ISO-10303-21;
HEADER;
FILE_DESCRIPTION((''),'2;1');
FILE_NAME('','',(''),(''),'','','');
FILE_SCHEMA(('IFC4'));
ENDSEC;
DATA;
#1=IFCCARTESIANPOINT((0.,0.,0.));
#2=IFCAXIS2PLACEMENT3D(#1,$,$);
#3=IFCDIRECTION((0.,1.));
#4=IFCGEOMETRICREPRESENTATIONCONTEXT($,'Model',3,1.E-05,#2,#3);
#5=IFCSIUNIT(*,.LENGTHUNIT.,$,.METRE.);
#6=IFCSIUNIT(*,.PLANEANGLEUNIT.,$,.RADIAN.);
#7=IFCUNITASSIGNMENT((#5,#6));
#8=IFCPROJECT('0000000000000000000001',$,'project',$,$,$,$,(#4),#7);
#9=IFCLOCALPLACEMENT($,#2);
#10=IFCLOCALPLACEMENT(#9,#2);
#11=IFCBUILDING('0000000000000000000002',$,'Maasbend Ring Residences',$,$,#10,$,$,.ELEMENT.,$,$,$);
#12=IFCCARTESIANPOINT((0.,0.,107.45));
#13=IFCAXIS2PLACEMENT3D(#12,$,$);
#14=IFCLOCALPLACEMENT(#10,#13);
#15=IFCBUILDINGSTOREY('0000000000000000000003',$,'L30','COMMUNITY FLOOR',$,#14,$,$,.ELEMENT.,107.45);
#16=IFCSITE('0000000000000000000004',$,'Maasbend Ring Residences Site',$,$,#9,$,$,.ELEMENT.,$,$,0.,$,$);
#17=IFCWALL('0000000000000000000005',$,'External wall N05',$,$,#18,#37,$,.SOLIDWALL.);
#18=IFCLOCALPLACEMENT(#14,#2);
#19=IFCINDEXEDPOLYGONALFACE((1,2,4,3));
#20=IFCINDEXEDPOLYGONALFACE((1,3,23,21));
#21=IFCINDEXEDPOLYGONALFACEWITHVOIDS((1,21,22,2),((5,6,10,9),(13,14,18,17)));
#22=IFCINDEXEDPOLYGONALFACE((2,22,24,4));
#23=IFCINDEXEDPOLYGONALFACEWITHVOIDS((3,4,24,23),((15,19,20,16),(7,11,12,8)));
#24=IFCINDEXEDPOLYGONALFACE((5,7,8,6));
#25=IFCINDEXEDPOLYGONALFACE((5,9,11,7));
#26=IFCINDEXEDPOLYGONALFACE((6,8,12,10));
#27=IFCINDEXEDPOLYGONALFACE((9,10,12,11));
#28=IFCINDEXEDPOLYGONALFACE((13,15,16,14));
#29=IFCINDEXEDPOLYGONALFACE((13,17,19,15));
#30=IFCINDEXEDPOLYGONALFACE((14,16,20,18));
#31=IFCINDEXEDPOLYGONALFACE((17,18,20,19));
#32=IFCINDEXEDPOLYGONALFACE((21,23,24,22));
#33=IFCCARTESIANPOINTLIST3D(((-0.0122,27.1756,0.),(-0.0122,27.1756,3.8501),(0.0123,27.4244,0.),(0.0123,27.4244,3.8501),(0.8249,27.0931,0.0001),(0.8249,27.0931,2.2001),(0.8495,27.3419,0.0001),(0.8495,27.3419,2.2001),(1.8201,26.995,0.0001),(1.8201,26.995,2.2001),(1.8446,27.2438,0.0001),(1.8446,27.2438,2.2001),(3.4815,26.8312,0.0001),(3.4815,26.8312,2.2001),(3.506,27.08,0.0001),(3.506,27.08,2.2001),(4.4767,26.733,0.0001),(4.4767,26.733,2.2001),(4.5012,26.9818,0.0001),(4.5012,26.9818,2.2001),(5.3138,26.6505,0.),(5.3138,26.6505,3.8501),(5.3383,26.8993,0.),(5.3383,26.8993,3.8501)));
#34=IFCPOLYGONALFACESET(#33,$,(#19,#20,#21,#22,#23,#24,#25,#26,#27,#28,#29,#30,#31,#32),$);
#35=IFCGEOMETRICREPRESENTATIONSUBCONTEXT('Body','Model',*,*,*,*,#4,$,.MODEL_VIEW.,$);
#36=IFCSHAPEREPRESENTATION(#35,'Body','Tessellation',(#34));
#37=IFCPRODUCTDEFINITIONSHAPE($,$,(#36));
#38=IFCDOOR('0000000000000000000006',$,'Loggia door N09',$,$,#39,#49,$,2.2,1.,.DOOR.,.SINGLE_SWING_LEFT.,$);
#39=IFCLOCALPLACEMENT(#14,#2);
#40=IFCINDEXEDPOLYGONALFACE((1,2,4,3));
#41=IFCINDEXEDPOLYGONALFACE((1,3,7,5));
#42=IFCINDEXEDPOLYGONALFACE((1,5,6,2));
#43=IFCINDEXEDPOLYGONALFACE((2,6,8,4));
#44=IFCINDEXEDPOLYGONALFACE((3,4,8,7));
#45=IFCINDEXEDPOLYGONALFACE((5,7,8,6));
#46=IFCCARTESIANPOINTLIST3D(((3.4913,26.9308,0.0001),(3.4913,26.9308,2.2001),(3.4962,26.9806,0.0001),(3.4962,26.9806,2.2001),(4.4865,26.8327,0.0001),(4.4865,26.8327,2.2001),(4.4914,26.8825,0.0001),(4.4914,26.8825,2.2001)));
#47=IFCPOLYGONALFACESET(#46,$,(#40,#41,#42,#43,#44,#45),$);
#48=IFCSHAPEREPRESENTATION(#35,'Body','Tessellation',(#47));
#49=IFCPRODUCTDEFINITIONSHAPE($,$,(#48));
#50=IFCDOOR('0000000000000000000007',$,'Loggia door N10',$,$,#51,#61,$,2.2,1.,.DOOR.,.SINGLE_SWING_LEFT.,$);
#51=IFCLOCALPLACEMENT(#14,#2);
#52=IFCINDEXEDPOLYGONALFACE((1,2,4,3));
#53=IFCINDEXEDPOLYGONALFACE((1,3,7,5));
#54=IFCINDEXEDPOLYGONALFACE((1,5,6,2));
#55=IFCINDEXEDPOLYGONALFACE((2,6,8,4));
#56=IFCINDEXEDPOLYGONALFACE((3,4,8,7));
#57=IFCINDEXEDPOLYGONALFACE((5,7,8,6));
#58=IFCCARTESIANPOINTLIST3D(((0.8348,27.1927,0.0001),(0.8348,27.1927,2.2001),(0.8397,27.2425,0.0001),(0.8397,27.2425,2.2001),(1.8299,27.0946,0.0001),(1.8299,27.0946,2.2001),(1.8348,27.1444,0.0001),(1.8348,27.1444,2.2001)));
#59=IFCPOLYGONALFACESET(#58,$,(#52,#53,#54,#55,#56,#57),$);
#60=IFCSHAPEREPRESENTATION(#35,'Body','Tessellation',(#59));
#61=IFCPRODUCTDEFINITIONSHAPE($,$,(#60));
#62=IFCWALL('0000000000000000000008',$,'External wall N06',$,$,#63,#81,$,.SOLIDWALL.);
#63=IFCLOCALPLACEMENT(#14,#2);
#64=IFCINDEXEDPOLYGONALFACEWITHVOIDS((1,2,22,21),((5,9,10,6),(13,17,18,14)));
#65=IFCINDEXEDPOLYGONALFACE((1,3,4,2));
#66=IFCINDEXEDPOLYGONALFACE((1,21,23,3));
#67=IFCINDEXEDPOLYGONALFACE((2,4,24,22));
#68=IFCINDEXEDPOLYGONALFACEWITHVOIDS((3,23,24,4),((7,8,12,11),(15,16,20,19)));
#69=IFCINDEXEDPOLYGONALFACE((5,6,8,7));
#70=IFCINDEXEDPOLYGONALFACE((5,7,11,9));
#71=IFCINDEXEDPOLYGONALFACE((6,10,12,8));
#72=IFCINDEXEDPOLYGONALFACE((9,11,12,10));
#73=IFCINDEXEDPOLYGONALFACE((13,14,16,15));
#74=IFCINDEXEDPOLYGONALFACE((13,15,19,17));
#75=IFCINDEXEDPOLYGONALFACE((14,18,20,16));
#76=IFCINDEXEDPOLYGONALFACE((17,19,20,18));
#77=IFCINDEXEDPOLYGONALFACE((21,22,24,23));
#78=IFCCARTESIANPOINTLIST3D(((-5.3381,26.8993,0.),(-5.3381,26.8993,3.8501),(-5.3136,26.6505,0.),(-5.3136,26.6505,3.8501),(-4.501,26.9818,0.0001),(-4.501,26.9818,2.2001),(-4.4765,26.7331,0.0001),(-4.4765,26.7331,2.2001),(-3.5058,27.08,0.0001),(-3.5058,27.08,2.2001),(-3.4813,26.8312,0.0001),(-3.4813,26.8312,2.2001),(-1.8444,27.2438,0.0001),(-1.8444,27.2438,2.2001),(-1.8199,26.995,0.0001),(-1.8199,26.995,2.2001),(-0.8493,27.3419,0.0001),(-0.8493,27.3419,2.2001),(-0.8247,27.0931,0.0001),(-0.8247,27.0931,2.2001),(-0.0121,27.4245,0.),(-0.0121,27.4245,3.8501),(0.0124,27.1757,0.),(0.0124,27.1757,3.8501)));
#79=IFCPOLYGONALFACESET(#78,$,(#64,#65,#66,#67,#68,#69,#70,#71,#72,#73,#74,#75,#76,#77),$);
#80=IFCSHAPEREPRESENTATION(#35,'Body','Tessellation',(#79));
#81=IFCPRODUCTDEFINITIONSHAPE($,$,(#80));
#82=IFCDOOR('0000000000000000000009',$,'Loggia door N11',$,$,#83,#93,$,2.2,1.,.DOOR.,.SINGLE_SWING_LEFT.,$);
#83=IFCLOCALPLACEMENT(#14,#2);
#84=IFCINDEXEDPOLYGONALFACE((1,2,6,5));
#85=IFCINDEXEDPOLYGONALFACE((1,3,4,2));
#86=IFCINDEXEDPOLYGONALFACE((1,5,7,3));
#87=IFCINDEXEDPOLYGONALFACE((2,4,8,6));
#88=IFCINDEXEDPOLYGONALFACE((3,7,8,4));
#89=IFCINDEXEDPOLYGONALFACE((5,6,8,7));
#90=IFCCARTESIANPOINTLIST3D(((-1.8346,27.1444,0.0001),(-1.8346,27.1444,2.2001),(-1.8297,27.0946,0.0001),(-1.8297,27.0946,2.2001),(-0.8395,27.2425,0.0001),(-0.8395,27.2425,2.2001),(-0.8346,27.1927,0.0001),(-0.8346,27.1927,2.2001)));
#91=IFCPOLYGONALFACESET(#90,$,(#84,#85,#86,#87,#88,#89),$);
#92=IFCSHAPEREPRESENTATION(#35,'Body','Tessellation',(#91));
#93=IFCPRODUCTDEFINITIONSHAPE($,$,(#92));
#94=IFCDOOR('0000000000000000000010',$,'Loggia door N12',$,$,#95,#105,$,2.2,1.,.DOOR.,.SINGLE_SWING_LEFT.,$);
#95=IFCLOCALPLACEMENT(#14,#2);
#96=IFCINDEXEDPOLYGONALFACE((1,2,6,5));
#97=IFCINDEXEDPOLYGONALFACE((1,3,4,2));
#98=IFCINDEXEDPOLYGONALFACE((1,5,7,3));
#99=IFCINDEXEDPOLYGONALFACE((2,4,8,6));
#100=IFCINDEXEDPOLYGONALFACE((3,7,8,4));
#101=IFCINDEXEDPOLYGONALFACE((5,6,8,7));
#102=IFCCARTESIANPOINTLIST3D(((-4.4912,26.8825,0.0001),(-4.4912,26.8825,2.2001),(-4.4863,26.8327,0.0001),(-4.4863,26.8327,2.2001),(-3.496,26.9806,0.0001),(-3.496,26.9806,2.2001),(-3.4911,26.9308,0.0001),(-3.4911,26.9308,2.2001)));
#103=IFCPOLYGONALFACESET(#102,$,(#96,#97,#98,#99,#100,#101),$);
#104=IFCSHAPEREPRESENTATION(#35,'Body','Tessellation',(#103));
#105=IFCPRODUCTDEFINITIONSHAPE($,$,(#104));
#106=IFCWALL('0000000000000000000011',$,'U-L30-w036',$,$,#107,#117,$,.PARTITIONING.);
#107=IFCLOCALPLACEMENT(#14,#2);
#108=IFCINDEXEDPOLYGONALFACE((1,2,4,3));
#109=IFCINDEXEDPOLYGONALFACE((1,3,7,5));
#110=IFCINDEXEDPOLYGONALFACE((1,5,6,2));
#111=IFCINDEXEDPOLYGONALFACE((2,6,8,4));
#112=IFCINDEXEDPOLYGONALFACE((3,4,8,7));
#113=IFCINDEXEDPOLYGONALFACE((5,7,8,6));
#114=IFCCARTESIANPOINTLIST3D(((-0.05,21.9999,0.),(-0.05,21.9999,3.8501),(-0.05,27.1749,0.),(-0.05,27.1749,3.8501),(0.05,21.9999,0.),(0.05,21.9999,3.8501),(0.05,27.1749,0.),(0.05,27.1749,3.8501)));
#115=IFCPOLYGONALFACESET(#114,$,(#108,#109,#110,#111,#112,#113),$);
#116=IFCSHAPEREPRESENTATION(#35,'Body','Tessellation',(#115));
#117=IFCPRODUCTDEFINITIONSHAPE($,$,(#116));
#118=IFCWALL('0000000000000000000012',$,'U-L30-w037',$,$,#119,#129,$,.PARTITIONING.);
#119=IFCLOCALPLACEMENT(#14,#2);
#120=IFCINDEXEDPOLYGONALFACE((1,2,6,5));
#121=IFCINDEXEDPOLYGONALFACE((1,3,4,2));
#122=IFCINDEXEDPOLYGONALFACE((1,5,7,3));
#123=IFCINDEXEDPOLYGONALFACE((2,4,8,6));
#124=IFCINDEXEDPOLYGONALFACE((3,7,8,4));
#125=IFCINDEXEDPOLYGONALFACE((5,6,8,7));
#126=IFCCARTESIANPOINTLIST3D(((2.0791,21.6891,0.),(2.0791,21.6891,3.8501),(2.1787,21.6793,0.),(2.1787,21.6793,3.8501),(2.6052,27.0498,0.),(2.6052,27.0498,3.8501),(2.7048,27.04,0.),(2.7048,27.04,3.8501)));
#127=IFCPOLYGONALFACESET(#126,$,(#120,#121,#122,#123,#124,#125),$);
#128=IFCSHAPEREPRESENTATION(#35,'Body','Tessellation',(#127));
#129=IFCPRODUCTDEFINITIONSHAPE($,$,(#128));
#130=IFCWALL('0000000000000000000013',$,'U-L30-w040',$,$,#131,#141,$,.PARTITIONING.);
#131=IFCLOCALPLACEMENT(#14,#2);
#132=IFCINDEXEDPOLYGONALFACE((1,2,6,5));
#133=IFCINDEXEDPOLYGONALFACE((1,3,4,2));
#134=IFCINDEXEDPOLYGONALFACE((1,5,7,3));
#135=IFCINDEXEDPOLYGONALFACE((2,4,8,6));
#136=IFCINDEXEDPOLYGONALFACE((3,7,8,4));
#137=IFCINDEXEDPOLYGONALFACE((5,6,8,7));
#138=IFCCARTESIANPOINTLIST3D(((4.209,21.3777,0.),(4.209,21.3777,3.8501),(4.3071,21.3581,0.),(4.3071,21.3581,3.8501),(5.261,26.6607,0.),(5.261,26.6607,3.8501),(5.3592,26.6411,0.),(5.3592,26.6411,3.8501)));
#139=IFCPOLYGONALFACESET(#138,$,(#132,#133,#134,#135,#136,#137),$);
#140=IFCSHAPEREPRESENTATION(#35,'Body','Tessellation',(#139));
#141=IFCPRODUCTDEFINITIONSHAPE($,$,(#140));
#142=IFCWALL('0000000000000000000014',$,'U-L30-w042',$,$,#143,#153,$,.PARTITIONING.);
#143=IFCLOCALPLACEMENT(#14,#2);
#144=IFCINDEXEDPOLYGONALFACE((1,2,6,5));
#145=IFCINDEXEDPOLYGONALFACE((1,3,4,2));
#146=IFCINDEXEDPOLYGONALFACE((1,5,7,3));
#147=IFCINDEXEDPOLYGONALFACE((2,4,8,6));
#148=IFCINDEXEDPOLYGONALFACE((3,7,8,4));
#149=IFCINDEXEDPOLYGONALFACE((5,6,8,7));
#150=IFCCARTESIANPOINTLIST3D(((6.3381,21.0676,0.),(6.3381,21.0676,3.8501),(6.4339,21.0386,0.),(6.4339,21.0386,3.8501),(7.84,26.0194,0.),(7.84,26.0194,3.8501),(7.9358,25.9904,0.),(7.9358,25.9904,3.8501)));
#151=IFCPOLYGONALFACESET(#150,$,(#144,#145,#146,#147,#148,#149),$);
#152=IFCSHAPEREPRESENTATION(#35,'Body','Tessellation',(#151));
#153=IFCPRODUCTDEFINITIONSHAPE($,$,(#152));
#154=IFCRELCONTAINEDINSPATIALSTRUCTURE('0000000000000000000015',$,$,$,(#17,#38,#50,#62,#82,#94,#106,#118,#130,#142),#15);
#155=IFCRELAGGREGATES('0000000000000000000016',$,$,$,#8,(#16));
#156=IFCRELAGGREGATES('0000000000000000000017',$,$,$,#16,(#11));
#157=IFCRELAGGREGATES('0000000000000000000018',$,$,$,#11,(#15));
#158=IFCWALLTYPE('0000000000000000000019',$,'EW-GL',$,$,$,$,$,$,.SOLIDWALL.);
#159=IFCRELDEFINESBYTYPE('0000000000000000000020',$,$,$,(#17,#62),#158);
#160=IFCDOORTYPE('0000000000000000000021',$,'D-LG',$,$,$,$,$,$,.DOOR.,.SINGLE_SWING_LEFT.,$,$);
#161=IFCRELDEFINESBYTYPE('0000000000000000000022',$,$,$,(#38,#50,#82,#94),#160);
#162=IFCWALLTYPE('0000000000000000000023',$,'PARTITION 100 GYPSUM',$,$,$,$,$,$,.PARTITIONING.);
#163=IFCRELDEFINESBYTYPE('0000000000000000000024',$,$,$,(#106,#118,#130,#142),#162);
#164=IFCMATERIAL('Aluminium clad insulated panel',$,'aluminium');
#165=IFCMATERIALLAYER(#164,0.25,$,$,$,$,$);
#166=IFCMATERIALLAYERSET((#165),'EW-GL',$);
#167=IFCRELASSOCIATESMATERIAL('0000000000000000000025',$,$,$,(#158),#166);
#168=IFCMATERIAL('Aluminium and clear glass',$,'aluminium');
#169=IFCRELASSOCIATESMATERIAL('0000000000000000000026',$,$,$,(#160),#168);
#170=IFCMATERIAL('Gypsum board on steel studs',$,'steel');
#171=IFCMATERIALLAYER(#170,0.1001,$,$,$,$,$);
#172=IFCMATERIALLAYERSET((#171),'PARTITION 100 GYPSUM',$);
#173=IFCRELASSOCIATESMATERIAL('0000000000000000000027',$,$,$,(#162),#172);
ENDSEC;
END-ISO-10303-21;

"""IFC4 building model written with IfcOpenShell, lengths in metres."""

from ifc_helpers import new_model, si_unit, direction, frame, frame_2d, origin, place, context, subcontext, project, spatial, rectangle, extrude, material, layer, layer_set, type_object, element, fill, save


model = new_model("IFC4")

# Units and contexts
model_context = context("Model", 3, precision=1e-05, world=origin(), true_north=direction((0.0, 1.0)))
body_context = subcontext(model_context, "Body", "Model", "MODEL_VIEW")
ifc_project = project(units=[si_unit("LENGTHUNIT", "METRE"), si_unit("PLANEANGLEUNIT", "RADIAN")], contexts=[model_context])

# Site, building, storey
site_placement = place(None, origin())
site = spatial("IfcSite", under=ifc_project, at=site_placement, Name="Maasbend Ring Residences Site", CompositionType="ELEMENT", RefElevation=0.0)
building_placement = place(site_placement, origin())
building = spatial("IfcBuilding", under=site, at=building_placement, Name="Maasbend Ring Residences", CompositionType="ELEMENT")
storey_placement = place(building_placement, frame((0.0, 0.0, 107.45)))
storey = spatial("IfcBuildingStorey", under=building, at=storey_placement, Name="L30", Description="COMMUNITY FLOOR", CompositionType="ELEMENT", Elevation=107.45)

# Walls, openings, doors
ifc_material_1 = material(Name="Aluminium clad insulated panel", Category="aluminium")
ifc_layer_1 = layer(ifc_material_1, 0.25)
ifc_layer_set_1 = layer_set([ifc_layer_1], Name="EW-GL")
wall_type_1 = type_object("IfcWallType", Name="EW-GL", PredefinedType="SOLIDWALL", material=ifc_layer_set_1)
wall_1_placement = place(storey_placement, frame((5.3259, 26.7749, 0.0), z_axis=(0.0, 0.0, 1.0), x_axis=(-0.995174, 0.098126, 0.0)))
wall_1 = element("IfcWall", 1, at=wall_1_placement, inside=storey, type_object=wall_type_1, Name="External wall N05", PredefinedType="SOLIDWALL", context=body_context, shape_type="SweptSolid", body=[
    extrude(rectangle(XDim=5.3518, YDim=0.25, at=frame_2d((2.6758, 0.0))), origin(), (0.0, 0.0, 1.0), 3.8501),
])
opening_1_placement = place(wall_1_placement, frame((0.8411, 0.0, 0.0)))
opening_1 = element("IfcOpeningElement", 2, at=opening_1_placement, cuts=wall_1, PredefinedType="OPENING", context=body_context, shape_type="SweptSolid", body=[
    extrude(rectangle(XDim=1.0, YDim=2.2, at=frame_2d((0.5, 1.1001))), frame((0.0, 0.135, 0.0), z_axis=(0.0, -1.0, 0.0), x_axis=(1.0, 0.0, 0.0)), (0.0, 0.0, 1.0), 0.27),
])
opening_2_placement = place(wall_1_placement, frame((3.5105, 0.0, 0.0)))
opening_2 = element("IfcOpeningElement", 3, at=opening_2_placement, cuts=wall_1, PredefinedType="OPENING", context=body_context, shape_type="SweptSolid", body=[
    extrude(rectangle(XDim=1.0, YDim=2.2, at=frame_2d((0.5, 1.1001))), frame((0.0, 0.135, 0.0), z_axis=(0.0, -1.0, 0.0), x_axis=(1.0, 0.0, 0.0)), (0.0, 0.0, 1.0), 0.27),
])
ifc_material_2 = material(Name="Aluminium and clear glass", Category="aluminium")
door_type_1 = type_object("IfcDoorType", Name="D-LG", OperationType="SINGLE_SWING_LEFT", PredefinedType="DOOR", material=ifc_material_2)
door_1_placement = place(opening_1_placement, origin())
door_1 = element("IfcDoor", 4, at=door_1_placement, inside=storey, type_object=door_type_1, Name="Loggia door N09", OperationType="SINGLE_SWING_LEFT", OverallHeight=2.2, OverallWidth=1.0, PredefinedType="DOOR", context=body_context, shape_type="SweptSolid", body=[
    extrude(rectangle(XDim=1.0, YDim=2.2, at=frame_2d((0.5, 1.1001))), frame((0.0, 0.0249, 0.0), z_axis=(0.0, -1.0, 0.0), x_axis=(1.0, 0.0, 0.0)), (0.0, 0.0, 1.0), 0.05),
])
fill(opening_1, door_1)
door_2_placement = place(opening_2_placement, origin())
door_2 = element("IfcDoor", 5, at=door_2_placement, inside=storey, type_object=door_type_1, Name="Loggia door N10", OperationType="SINGLE_SWING_LEFT", OverallHeight=2.2, OverallWidth=1.0, PredefinedType="DOOR", context=body_context, shape_type="SweptSolid", body=[
    extrude(rectangle(XDim=1.0, YDim=2.2, at=frame_2d((0.5, 1.1001))), frame((0.0, 0.0249, 0.0), z_axis=(0.0, -1.0, 0.0), x_axis=(1.0, 0.0, 0.0)), (0.0, 0.0, 1.0), 0.05),
])
fill(opening_2, door_2)
wall_2_placement = place(storey_placement, frame((0.0, 27.3, 0.0), z_axis=(0.0, 0.0, 1.0), x_axis=(-0.995174, -0.098126, 0.0)))
wall_2 = element("IfcWall", 6, at=wall_2_placement, inside=storey, type_object=wall_type_1, Name="External wall N06", PredefinedType="SOLIDWALL", context=body_context, shape_type="SweptSolid", body=[
    extrude(rectangle(XDim=5.3518, YDim=0.25, at=frame_2d((2.6758, 0.0))), origin(), (0.0, 0.0, 1.0), 3.8501),
])
opening_3_placement = place(wall_2_placement, frame((0.8411, 0.0, 0.0)))
opening_3 = element("IfcOpeningElement", 7, at=opening_3_placement, cuts=wall_2, PredefinedType="OPENING", context=body_context, shape_type="SweptSolid", body=[
    extrude(rectangle(XDim=1.0, YDim=2.2, at=frame_2d((0.5, 1.1001))), frame((0.0, 0.135, 0.0), z_axis=(0.0, -1.0, 0.0), x_axis=(1.0, 0.0, 0.0)), (0.0, 0.0, 1.0), 0.27),
])
opening_4_placement = place(wall_2_placement, frame((3.5105, 0.0, 0.0)))
opening_4 = element("IfcOpeningElement", 8, at=opening_4_placement, cuts=wall_2, PredefinedType="OPENING", context=body_context, shape_type="SweptSolid", body=[
    extrude(rectangle(XDim=1.0, YDim=2.2, at=frame_2d((0.5, 1.1001))), frame((0.0, 0.135, 0.0), z_axis=(0.0, -1.0, 0.0), x_axis=(1.0, 0.0, 0.0)), (0.0, 0.0, 1.0), 0.27),
])
door_3_placement = place(opening_3_placement, origin())
door_3 = element("IfcDoor", 9, at=door_3_placement, inside=storey, type_object=door_type_1, Name="Loggia door N11", OperationType="SINGLE_SWING_LEFT", OverallHeight=2.2, OverallWidth=1.0, PredefinedType="DOOR", context=body_context, shape_type="SweptSolid", body=[
    extrude(rectangle(XDim=1.0, YDim=2.2, at=frame_2d((0.5, 1.1001))), frame((0.0, 0.0249, 0.0), z_axis=(0.0, -1.0, 0.0), x_axis=(1.0, 0.0, 0.0)), (0.0, 0.0, 1.0), 0.05),
])
fill(opening_3, door_3)
door_4_placement = place(opening_4_placement, origin())
door_4 = element("IfcDoor", 10, at=door_4_placement, inside=storey, type_object=door_type_1, Name="Loggia door N12", OperationType="SINGLE_SWING_LEFT", OverallHeight=2.2, OverallWidth=1.0, PredefinedType="DOOR", context=body_context, shape_type="SweptSolid", body=[
    extrude(rectangle(XDim=1.0, YDim=2.2, at=frame_2d((0.5, 1.1001))), frame((0.0, 0.0249, 0.0), z_axis=(0.0, -1.0, 0.0), x_axis=(1.0, 0.0, 0.0)), (0.0, 0.0, 1.0), 0.05),
])
fill(opening_4, door_4)

# Walls
ifc_material_3 = material(Name="Gypsum board on steel studs", Category="steel")
ifc_layer_2 = layer(ifc_material_3, 0.1001)
ifc_layer_set_2 = layer_set([ifc_layer_2], Name="PARTITION 100 GYPSUM")
wall_type_2 = type_object("IfcWallType", Name="PARTITION 100 GYPSUM", PredefinedType="PARTITIONING", material=ifc_layer_set_2)
wall_3_placement = place(storey_placement, frame((0.0, 22.0, 0.0), z_axis=(0.0, 0.0, 1.0), x_axis=(0.0, 1.0, 0.0)))
element("IfcWall", 11, at=wall_3_placement, inside=storey, type_object=wall_type_2, Name="U-L30-w036", PredefinedType="PARTITIONING", context=body_context, shape_type="SweptSolid", body=[
    extrude(rectangle(XDim=5.175, YDim=0.1001, at=frame_2d((2.5874, 0.0))), origin(), (0.0, 0.0, 1.0), 3.8501),
])
wall_4_placement = place(storey_placement, frame((2.1289, 21.6841, 0.0), z_axis=(0.0, 0.0, 1.0), x_axis=(0.097673, 0.995219, 0.0)))
element("IfcWall", 12, at=wall_4_placement, inside=storey, type_object=wall_type_2, Name="U-L30-w037", PredefinedType="PARTITIONING", context=body_context, shape_type="SweptSolid", body=[
    extrude(rectangle(XDim=5.3865, YDim=0.1001, at=frame_2d((2.6934, 0.0))), origin(), (0.0, 0.0, 1.0), 3.8501),
])
wall_5_placement = place(storey_placement, frame((4.2581, 21.3679, 0.0), z_axis=(0.0, 0.0, 1.0), x_axis=(0.195297, 0.980744, 0.0)))
element("IfcWall", 13, at=wall_5_placement, inside=storey, type_object=wall_type_2, Name="U-L30-w040", PredefinedType="PARTITIONING", context=body_context, shape_type="SweptSolid", body=[
    extrude(rectangle(XDim=5.3867, YDim=0.1001, at=frame_2d((2.6934, 0.0))), origin(), (0.0, 0.0, 1.0), 3.8501),
])
wall_6_placement = place(storey_placement, frame((6.386, 21.053, 0.0), z_axis=(0.0, 0.0, 1.0), x_axis=(0.290251, 0.956951, 0.0)))
element("IfcWall", 14, at=wall_6_placement, inside=storey, type_object=wall_type_2, Name="U-L30-w042", PredefinedType="PARTITIONING", context=body_context, shape_type="SweptSolid", body=[
    extrude(rectangle(XDim=5.1746, YDim=0.1001, at=frame_2d((2.5874, 0.0))), origin(), (0.0, 0.0, 1.0), 3.8501),
])

save(model, "model.ifc")
